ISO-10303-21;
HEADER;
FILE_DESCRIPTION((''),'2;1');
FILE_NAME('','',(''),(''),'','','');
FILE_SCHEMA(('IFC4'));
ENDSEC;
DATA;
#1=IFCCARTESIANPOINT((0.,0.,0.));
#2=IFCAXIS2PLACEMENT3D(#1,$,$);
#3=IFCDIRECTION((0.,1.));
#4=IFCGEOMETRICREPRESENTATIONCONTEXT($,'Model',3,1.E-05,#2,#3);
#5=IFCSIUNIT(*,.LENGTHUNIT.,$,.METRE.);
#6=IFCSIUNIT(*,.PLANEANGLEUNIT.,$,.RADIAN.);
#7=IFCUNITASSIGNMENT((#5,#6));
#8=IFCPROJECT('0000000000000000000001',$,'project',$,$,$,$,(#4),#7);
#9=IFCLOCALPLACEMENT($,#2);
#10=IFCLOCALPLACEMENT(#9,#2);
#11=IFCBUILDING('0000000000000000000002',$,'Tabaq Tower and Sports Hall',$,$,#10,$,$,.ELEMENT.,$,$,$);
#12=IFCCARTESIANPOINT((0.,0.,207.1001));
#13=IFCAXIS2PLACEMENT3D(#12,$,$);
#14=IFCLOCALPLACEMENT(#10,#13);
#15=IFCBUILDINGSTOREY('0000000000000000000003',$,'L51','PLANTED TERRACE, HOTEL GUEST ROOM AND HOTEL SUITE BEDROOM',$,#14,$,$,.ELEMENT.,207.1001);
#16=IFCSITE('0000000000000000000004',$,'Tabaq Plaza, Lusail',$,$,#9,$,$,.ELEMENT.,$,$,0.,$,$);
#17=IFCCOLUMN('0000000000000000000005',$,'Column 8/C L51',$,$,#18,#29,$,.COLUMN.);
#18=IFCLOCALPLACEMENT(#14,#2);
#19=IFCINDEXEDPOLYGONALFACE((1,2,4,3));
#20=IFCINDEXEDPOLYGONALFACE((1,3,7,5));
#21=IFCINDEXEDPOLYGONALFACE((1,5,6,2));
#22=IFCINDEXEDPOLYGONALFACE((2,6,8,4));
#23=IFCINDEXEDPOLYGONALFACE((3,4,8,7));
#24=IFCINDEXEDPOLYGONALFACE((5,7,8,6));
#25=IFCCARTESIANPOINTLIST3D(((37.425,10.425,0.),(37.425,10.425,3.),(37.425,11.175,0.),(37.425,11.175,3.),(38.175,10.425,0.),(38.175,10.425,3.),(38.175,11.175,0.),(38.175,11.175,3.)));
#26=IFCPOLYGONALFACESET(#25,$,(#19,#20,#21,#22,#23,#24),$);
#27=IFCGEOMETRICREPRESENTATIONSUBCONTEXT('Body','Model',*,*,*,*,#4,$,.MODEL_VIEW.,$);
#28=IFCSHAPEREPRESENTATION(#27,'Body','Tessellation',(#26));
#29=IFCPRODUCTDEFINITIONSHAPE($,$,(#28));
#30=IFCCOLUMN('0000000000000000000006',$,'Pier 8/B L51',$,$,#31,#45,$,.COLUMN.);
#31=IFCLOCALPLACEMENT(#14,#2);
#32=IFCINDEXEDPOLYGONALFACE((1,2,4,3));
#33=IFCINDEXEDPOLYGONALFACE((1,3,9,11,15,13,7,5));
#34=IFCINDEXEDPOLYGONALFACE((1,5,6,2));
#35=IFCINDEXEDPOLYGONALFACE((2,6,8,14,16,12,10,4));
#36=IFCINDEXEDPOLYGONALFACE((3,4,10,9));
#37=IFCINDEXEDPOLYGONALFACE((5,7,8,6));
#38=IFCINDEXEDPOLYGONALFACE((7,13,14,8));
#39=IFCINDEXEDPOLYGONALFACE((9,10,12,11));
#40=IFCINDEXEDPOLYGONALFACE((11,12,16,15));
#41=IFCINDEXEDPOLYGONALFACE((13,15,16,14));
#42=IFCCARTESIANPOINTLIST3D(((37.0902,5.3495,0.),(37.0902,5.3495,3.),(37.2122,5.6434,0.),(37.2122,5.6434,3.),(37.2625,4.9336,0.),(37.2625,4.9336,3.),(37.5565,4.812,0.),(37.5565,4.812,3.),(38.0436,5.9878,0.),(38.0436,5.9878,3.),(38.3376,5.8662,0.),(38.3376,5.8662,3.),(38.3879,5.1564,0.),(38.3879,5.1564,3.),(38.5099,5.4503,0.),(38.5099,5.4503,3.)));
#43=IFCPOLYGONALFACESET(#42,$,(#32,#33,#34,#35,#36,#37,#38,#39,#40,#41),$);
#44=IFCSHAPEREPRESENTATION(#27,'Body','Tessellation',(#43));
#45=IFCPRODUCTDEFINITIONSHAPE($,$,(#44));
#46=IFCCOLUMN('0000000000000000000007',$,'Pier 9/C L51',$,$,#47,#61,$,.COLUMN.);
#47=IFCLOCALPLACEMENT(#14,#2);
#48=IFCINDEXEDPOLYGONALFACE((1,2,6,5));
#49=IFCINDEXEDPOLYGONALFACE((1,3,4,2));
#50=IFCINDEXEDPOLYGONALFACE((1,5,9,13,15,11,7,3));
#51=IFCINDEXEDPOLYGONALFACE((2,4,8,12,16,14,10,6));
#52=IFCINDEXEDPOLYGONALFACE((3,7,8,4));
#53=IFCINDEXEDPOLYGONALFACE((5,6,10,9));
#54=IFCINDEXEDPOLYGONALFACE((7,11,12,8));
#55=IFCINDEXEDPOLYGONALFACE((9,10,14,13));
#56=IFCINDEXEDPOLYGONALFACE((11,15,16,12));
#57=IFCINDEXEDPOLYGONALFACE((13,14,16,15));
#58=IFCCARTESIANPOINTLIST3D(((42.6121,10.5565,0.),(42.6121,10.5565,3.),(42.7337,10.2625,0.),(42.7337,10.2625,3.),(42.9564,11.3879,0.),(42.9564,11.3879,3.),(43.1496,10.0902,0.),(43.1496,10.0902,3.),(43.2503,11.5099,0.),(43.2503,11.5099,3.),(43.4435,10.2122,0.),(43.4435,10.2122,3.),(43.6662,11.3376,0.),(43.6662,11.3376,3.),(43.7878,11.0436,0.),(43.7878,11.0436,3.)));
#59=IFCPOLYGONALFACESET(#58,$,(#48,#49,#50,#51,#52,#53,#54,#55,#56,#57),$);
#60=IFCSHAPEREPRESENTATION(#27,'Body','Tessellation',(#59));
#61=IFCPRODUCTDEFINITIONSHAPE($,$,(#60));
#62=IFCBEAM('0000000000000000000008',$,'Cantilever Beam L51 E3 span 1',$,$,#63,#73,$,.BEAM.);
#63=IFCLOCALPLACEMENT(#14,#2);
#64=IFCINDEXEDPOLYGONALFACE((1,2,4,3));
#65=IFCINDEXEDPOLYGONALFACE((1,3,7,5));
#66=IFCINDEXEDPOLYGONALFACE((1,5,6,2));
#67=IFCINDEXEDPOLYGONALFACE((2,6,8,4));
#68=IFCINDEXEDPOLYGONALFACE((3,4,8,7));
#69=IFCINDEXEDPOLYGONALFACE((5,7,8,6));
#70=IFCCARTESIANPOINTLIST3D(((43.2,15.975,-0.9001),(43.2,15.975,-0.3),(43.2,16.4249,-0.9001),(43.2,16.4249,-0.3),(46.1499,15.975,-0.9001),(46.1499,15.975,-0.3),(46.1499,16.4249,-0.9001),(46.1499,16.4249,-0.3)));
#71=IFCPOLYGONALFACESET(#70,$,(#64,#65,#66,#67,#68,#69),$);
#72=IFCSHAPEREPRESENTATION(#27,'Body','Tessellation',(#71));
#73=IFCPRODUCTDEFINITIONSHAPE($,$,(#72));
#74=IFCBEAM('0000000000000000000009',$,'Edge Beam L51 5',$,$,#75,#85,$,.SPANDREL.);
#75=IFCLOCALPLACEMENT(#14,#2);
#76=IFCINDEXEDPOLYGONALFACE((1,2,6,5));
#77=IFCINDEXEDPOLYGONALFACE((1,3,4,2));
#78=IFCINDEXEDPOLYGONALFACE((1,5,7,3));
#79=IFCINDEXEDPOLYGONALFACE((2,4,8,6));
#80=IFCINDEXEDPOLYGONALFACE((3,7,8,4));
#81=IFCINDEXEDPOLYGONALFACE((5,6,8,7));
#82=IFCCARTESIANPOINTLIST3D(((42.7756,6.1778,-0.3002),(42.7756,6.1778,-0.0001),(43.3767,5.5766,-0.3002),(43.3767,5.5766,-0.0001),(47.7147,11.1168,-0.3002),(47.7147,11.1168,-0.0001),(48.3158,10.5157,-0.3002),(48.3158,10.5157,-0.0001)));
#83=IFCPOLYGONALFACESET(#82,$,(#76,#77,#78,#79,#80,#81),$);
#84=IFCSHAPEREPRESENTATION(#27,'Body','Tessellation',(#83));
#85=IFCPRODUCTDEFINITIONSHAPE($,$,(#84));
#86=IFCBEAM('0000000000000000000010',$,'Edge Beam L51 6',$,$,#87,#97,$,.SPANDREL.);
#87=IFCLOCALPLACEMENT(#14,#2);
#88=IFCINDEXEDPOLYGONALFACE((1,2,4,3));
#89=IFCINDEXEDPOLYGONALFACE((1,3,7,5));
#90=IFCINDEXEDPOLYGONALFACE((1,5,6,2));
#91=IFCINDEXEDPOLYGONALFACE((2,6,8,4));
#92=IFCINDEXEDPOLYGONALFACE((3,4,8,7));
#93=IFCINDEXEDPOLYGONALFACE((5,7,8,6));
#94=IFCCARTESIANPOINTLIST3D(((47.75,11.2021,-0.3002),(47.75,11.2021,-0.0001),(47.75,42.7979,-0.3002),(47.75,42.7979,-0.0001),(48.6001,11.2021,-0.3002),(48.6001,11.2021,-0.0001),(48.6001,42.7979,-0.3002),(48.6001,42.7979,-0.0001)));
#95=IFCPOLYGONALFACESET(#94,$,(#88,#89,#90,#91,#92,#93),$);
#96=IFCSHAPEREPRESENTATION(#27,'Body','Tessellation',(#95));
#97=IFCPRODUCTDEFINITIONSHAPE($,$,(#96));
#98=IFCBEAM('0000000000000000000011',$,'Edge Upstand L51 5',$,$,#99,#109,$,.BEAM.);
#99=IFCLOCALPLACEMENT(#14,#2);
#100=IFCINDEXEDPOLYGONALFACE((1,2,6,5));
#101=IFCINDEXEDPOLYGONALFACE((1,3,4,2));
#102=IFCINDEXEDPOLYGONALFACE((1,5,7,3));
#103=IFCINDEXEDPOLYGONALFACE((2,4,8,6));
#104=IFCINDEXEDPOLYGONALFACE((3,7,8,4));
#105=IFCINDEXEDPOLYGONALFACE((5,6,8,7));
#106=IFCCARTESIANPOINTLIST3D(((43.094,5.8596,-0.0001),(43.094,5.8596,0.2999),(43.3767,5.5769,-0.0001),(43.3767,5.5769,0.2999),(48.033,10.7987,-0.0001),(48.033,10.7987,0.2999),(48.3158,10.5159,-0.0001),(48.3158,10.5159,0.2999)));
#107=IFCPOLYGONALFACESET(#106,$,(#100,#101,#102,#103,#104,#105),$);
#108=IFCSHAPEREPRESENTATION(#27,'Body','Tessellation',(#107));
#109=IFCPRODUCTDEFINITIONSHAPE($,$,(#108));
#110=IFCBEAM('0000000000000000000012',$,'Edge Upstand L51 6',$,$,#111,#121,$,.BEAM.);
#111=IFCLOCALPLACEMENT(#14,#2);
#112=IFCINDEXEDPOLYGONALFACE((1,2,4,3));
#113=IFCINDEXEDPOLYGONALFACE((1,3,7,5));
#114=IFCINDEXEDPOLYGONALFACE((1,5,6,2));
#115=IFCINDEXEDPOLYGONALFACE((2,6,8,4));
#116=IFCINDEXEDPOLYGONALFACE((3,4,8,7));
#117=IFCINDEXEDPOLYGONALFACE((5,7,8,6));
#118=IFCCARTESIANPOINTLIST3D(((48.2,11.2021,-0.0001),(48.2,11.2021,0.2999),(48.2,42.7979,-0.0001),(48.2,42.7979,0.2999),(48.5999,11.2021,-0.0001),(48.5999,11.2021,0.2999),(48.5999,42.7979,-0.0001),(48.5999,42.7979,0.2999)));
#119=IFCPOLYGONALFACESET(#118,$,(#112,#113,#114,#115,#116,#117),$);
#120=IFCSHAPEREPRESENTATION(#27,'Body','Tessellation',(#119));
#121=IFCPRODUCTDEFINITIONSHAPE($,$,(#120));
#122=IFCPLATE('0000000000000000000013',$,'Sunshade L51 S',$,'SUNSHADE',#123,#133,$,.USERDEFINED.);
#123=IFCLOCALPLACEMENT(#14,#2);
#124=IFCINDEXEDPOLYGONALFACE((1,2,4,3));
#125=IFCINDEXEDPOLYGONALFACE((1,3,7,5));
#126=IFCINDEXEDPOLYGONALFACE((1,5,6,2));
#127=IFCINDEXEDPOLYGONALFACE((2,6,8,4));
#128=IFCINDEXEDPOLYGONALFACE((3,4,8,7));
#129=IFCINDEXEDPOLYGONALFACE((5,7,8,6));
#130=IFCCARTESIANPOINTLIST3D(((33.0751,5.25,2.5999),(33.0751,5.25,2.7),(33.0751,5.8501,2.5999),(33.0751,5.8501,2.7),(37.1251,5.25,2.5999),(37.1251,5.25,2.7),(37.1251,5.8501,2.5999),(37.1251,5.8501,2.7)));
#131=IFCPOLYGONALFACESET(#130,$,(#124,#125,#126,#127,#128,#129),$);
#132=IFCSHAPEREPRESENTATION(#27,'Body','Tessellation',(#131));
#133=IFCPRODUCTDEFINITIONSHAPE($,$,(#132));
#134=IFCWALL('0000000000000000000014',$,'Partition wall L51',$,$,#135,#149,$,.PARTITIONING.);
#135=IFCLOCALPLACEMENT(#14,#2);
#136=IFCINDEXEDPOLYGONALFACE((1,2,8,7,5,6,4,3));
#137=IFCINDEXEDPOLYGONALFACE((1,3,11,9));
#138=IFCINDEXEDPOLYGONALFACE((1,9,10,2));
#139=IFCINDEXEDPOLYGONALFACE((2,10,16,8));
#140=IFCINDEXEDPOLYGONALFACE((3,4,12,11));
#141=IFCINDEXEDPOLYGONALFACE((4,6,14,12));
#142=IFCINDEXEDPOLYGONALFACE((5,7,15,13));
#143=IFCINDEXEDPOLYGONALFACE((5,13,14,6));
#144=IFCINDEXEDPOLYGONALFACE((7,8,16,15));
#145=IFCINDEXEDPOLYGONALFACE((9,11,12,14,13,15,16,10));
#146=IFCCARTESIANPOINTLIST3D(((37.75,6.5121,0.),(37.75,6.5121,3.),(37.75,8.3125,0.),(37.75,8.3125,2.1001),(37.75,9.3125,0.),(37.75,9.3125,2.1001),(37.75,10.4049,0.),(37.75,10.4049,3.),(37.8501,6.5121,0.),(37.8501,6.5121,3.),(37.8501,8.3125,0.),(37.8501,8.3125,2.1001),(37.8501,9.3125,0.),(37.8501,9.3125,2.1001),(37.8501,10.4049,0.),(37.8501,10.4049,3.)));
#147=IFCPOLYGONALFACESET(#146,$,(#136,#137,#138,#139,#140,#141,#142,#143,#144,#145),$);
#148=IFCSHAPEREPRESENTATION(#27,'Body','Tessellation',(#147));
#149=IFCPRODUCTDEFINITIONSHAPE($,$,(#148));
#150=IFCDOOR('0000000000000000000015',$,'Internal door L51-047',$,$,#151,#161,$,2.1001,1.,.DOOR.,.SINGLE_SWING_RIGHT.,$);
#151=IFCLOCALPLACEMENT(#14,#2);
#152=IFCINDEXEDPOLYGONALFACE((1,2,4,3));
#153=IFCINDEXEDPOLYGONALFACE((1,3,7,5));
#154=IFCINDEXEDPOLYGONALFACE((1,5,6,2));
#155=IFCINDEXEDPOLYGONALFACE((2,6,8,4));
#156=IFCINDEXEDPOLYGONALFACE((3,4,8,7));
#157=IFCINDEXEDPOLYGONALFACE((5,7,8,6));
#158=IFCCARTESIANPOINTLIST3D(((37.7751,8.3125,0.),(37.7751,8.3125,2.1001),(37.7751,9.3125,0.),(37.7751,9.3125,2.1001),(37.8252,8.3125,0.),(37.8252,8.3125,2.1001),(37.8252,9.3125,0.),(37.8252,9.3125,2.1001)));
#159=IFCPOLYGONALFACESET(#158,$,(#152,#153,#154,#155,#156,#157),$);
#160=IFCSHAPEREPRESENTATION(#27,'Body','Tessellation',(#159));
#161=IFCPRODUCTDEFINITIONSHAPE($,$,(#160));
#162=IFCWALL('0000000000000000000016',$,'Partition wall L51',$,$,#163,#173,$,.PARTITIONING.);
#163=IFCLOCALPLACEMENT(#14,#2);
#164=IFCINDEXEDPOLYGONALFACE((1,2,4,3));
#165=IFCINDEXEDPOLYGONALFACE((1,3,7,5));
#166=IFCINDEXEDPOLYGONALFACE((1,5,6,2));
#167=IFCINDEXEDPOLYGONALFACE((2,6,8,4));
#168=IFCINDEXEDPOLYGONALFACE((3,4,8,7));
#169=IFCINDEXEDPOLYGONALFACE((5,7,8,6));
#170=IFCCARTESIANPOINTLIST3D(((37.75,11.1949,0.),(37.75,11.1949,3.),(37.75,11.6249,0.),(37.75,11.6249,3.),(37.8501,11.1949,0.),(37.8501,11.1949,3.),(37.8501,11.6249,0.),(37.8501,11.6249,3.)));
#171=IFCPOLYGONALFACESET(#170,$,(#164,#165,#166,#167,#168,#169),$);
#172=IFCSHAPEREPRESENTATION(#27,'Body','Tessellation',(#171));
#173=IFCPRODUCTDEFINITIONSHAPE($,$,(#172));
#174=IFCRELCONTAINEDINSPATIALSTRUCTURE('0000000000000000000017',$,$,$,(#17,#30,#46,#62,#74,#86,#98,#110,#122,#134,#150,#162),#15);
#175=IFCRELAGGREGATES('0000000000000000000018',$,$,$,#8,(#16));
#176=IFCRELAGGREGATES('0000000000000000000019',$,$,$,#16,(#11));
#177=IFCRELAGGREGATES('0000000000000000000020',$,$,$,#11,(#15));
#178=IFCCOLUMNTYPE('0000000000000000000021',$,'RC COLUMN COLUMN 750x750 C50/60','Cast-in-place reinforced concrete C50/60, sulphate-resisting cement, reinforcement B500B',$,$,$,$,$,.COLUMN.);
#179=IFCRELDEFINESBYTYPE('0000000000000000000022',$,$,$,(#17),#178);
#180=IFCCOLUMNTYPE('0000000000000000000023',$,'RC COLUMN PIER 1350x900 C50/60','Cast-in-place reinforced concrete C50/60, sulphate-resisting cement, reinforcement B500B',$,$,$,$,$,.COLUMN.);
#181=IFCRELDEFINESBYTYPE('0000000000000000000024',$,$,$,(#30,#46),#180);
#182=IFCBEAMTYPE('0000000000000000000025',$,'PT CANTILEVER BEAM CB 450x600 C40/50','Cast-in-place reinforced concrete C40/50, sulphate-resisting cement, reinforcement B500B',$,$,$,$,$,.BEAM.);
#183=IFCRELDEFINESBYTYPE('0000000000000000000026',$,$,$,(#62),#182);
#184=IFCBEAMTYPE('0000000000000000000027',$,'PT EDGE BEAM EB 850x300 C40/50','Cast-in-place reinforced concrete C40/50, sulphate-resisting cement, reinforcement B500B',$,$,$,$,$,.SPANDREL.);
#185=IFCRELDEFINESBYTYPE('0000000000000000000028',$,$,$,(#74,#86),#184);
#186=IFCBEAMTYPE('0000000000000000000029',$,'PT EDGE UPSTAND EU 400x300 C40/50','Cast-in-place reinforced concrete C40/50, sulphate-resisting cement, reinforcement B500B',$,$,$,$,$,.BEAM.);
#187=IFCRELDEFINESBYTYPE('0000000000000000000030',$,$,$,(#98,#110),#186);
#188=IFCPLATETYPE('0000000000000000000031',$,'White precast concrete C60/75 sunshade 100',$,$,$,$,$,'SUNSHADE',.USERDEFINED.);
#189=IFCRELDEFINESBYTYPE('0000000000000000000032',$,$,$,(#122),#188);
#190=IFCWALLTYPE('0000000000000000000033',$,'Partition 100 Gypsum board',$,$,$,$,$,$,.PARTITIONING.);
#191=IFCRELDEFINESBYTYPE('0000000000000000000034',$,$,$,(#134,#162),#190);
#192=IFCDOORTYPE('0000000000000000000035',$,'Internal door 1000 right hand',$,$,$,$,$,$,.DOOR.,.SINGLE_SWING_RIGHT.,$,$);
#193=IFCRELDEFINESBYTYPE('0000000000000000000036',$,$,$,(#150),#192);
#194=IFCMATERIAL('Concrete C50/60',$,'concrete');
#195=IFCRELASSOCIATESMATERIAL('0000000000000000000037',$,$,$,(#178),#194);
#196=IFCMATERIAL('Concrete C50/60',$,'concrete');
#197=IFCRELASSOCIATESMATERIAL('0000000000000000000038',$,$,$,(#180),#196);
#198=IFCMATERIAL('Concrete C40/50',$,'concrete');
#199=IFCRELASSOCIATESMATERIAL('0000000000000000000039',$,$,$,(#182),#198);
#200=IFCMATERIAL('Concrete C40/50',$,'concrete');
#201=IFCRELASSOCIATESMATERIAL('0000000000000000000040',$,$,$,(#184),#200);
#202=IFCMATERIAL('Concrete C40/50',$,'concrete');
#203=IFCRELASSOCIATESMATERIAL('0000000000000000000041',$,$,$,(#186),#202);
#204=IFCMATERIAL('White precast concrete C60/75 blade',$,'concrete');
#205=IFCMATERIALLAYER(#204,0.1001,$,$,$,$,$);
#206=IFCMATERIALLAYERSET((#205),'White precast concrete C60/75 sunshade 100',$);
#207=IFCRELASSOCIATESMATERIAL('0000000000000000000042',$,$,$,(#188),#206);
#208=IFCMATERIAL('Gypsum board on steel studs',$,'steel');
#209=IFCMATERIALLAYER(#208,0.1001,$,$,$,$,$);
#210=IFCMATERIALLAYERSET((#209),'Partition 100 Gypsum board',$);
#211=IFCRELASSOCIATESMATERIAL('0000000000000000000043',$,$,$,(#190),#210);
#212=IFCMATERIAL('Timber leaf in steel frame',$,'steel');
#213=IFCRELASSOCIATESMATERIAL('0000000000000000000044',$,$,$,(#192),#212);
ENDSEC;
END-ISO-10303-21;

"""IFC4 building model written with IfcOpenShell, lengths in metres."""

from ifc_helpers import new_model, si_unit, direction, frame, frame_2d, origin, origin_2d, place, context, subcontext, project, spatial, polyline, rectangle, outline, extrude, material, layer, layer_set, material_profile, profile_set, type_object, element, fill, save


model = new_model("IFC4")

# Units and contexts
model_context = context("Model", 3, precision=1e-05, world=origin(), true_north=direction((0.0, 1.0)))
body_context = subcontext(model_context, "Body", "Model", "MODEL_VIEW")
ifc_project = project(units=[si_unit("LENGTHUNIT", "METRE"), si_unit("PLANEANGLEUNIT", "RADIAN")], contexts=[model_context])

# Site, building, storey
site_placement = place(None, origin())
site = spatial("IfcSite", under=ifc_project, at=site_placement, Name="Tabaq Plaza, Lusail", CompositionType="ELEMENT", RefElevation=0.0)
building_placement = place(site_placement, origin())
building = spatial("IfcBuilding", under=site, at=building_placement, Name="Tabaq Tower and Sports Hall", CompositionType="ELEMENT")
storey_placement = place(building_placement, frame((0.0, 0.0, 207.1001)))
storey = spatial("IfcBuildingStorey", under=building, at=storey_placement, Name="L51", Description="PLANTED TERRACE, HOTEL GUEST ROOM AND HOTEL SUITE BEDROOM", CompositionType="ELEMENT", Elevation=207.1001)

# Columns
ifc_material_1 = material(Name="Concrete C50/60", Category="concrete")
ifc_material_profile_1 = material_profile(ifc_material_1, rectangle(XDim=0.75, YDim=0.75, at=origin_2d()), Name="COLUMN 750x750")
ifc_profile_set_1 = profile_set([ifc_material_profile_1], Name="Concrete C50/60")
column_type_1 = type_object("IfcColumnType", Name="RC COLUMN COLUMN 750x750 C50/60", Description="Cast-in-place reinforced concrete C50/60, sulphate-resisting cement, reinforcement B500B", PredefinedType="COLUMN", material=ifc_profile_set_1)
column_placement = place(storey_placement, frame((37.8, 10.8, 0.0), z_axis=(0.0, 0.0, 1.0), x_axis=(1.0, 0.0, 0.0)))
element("IfcColumn", 1, at=column_placement, inside=storey, type_object=column_type_1, Name="Column 8/C L51", PredefinedType="COLUMN", context=body_context, shape_type="SweptSolid", body=[
    extrude(rectangle(XDim=0.75, YDim=0.75, at=origin_2d()), origin(), (0.0, 0.0, 1.0), 3.0),
])
ifc_material_2 = material(Name="Concrete C50/60", Category="concrete")
ifc_material_profile_2 = material_profile(ifc_material_2, outline(polyline([(-0.45, -0.45), (0.45, -0.45), (0.675, -0.2251), (0.675, 0.2251), (0.45, 0.45), (-0.45, 0.45), (-0.675, 0.2251), (-0.675, -0.2251), (-0.45, -0.45)])), Name="PIER 1350x900")
ifc_profile_set_2 = profile_set([ifc_material_profile_2], Name="Concrete C50/60")
column_type_2 = type_object("IfcColumnType", Name="RC COLUMN PIER 1350x900 C50/60", Description="Cast-in-place reinforced concrete C50/60, sulphate-resisting cement, reinforcement B500B", PredefinedType="COLUMN", material=ifc_profile_set_2)
for number, where, z_axis, x_axis, name in (
    (2, (37.8, 5.3999, 0.0), (0.0, 0.0, 1.0), (0.92388, 0.382683, 0.0), "Pier 8/B L51"),
    (3, (43.2, 10.8, 0.0), (0.0, 0.0, 1.0), (0.382683, 0.92388, 0.0), "Pier 9/C L51"),
):
    element("IfcColumn", number, at=place(storey_placement, frame(where, z_axis=z_axis, x_axis=x_axis)), inside=storey, type_object=column_type_2, Name=name, PredefinedType="COLUMN", context=body_context, shape_type="SweptSolid", body=[
        extrude(outline(polyline([(-0.45, -0.45), (0.45, -0.45), (0.675, -0.2251), (0.675, 0.2251), (0.45, 0.45), (-0.45, 0.45), (-0.675, 0.2251), (-0.675, -0.2251), (-0.45, -0.45)])), origin(), (0.0, 0.0, 1.0), 3.0),
    ])

# Beams
ifc_material_3 = material(Name="Concrete C40/50", Category="concrete")
ifc_material_profile_3 = material_profile(ifc_material_3, rectangle(XDim=0.45, YDim=0.6001, at=origin_2d()), Name="CB 450x600")
ifc_profile_set_3 = profile_set([ifc_material_profile_3], Name="Concrete C40/50")
beam_type_1 = type_object("IfcBeamType", Name="PT CANTILEVER BEAM CB 450x600 C40/50", Description="Cast-in-place reinforced concrete C40/50, sulphate-resisting cement, reinforcement B500B", PredefinedType="BEAM", material=ifc_profile_set_3)
beam_1_placement = place(storey_placement, frame((46.1499, 16.2, -0.6001), z_axis=(-1.0, 0.0, 0.0), x_axis=(0.0, -1.0, 0.0)))
element("IfcBeam", 4, at=beam_1_placement, inside=storey, type_object=beam_type_1, Name="Cantilever Beam L51 E3 span 1", PredefinedType="BEAM", context=body_context, shape_type="SweptSolid", body=[
    extrude(rectangle(XDim=0.45, YDim=0.6001, at=origin_2d()), origin(), (0.0, 0.0, 1.0), 2.95),
])
ifc_material_4 = material(Name="Concrete C40/50", Category="concrete")
ifc_material_profile_4 = material_profile(ifc_material_4, rectangle(XDim=0.8501, YDim=0.3, at=origin_2d()), Name="EB 850x300")
ifc_profile_set_4 = profile_set([ifc_material_profile_4], Name="Concrete C40/50")
beam_type_2 = type_object("IfcBeamType", Name="PT EDGE BEAM EB 850x300 C40/50", Description="Cast-in-place reinforced concrete C40/50, sulphate-resisting cement, reinforcement B500B", PredefinedType="SPANDREL", material=ifc_profile_set_4)
beam_2_placement = place(storey_placement, frame((43.0762, 5.8772, -0.1501), z_axis=(0.707107, 0.707107, 0.0), x_axis=(-0.707107, 0.707107, 0.0)))
element("IfcBeam", 5, at=beam_2_placement, inside=storey, type_object=beam_type_2, Name="Edge Beam L51 5", PredefinedType="SPANDREL", context=body_context, shape_type="SweptSolid", body=[
    extrude(rectangle(XDim=0.8501, YDim=0.3, at=origin_2d()), origin(), (0.0, 0.0, 1.0), 6.9849),
])
beam_3_placement = place(storey_placement, frame((48.175, 11.2021, -0.1501), z_axis=(0.0, 1.0, 0.0), x_axis=(-1.0, 0.0, 0.0)))
element("IfcBeam", 6, at=beam_3_placement, inside=storey, type_object=beam_type_2, Name="Edge Beam L51 6", PredefinedType="SPANDREL", context=body_context, shape_type="SweptSolid", body=[
    extrude(rectangle(XDim=0.8501, YDim=0.3, at=origin_2d()), origin(), (0.0, 0.0, 1.0), 31.5957),
])
ifc_material_5 = material(Name="Concrete C40/50", Category="concrete")
ifc_material_profile_5 = material_profile(ifc_material_5, rectangle(XDim=0.3999, YDim=0.3, at=origin_2d()), Name="EU 400x300")
ifc_profile_set_5 = profile_set([ifc_material_profile_5], Name="Concrete C40/50")
beam_type_3 = type_object("IfcBeamType", Name="PT EDGE UPSTAND EU 400x300 C40/50", Description="Cast-in-place reinforced concrete C40/50, sulphate-resisting cement, reinforcement B500B", PredefinedType="BEAM", material=ifc_profile_set_5)
beam_4_placement = place(storey_placement, frame((43.2354, 5.7183, 0.1499), z_axis=(0.707107, 0.707107, 0.0), x_axis=(-0.707107, 0.707107, 0.0)))
element("IfcBeam", 7, at=beam_4_placement, inside=storey, type_object=beam_type_3, Name="Edge Upstand L51 5", PredefinedType="BEAM", context=body_context, shape_type="SweptSolid", body=[
    extrude(rectangle(XDim=0.3999, YDim=0.3, at=origin_2d()), origin(), (0.0, 0.0, 1.0), 6.9849),
])
beam_5_placement = place(storey_placement, frame((48.3999, 11.2021, 0.1499), z_axis=(0.0, 1.0, 0.0), x_axis=(-1.0, 0.0, 0.0)))
element("IfcBeam", 8, at=beam_5_placement, inside=storey, type_object=beam_type_3, Name="Edge Upstand L51 6", PredefinedType="BEAM", context=body_context, shape_type="SweptSolid", body=[
    extrude(rectangle(XDim=0.3999, YDim=0.3, at=origin_2d()), origin(), (0.0, 0.0, 1.0), 31.5957),
])

# Plate
ifc_material_6 = material(Name="White precast concrete C60/75 blade", Category="concrete")
ifc_layer_1 = layer(ifc_material_6, 0.1001)
ifc_layer_set_1 = layer_set([ifc_layer_1], Name="White precast concrete C60/75 sunshade 100")
plate_type_1 = type_object("IfcPlateType", Name="White precast concrete C60/75 sunshade 100", ElementType="SUNSHADE", PredefinedType="USERDEFINED", material=ifc_layer_set_1)
plate_1_placement = place(storey_placement, frame((35.1001, 5.55, 2.5999), z_axis=(0.0, 0.0, 1.0), x_axis=(1.0, 0.0, 0.0)))
element("IfcPlate", 9, at=plate_1_placement, inside=storey, type_object=plate_type_1, Name="Sunshade L51 S", ObjectType="SUNSHADE", PredefinedType="USERDEFINED", context=body_context, shape_type="SweptSolid", body=[
    extrude(rectangle(XDim=4.05, YDim=0.6001, at=origin_2d()), origin(), (0.0, 0.0, 1.0), 0.1001),
])

# Wall, opening, door
ifc_material_7 = material(Name="Gypsum board on steel studs", Category="steel")
ifc_layer_2 = layer(ifc_material_7, 0.1001)
ifc_layer_set_2 = layer_set([ifc_layer_2], Name="Partition 100 Gypsum board")
wall_type_1 = type_object("IfcWallType", Name="Partition 100 Gypsum board", PredefinedType="PARTITIONING", material=ifc_layer_set_2)
wall_1_placement = place(storey_placement, frame((37.8, 6.5122, 0.0), z_axis=(0.0, 0.0, 1.0), x_axis=(0.0, 1.0, 0.0)))
wall_1 = element("IfcWall", 10, at=wall_1_placement, inside=storey, type_object=wall_type_1, Name="Partition wall L51", PredefinedType="PARTITIONING", context=body_context, shape_type="SweptSolid", body=[
    extrude(rectangle(XDim=3.8928, YDim=0.1001, at=frame_2d((1.9463, 0.0))), origin(), (0.0, 0.0, 1.0), 3.0),
])
opening_1_placement = place(wall_1_placement, frame((1.8003, 0.0, 0.0)))
opening_1 = element("IfcOpeningElement", 11, at=opening_1_placement, cuts=wall_1, PredefinedType="OPENING", context=body_context, shape_type="SweptSolid", body=[
    extrude(rectangle(XDim=1.0, YDim=2.1001, at=frame_2d((0.5, 1.05))), frame((0.0, 0.05, 0.0), z_axis=(0.0, -1.0, 0.0), x_axis=(1.0, 0.0, 0.0)), (0.0, 0.0, 1.0), 0.1001),
])
ifc_material_8 = material(Name="Timber leaf in steel frame", Category="steel")
door_type_1 = type_object("IfcDoorType", Name="Internal door 1000 right hand", OperationType="SINGLE_SWING_RIGHT", PredefinedType="DOOR", material=ifc_material_8)
door_1_placement = place(opening_1_placement, origin())
door_1 = element("IfcDoor", 12, at=door_1_placement, inside=storey, type_object=door_type_1, Name="Internal door L51-047", OperationType="SINGLE_SWING_RIGHT", OverallHeight=2.1001, OverallWidth=1.0, PredefinedType="DOOR", context=body_context, shape_type="SweptSolid", body=[
    extrude(rectangle(XDim=1.0, YDim=2.1001, at=frame_2d((0.5, 1.05))), frame((0.0, 0.0249, 0.0), z_axis=(0.0, -1.0, 0.0), x_axis=(1.0, 0.0, 0.0)), (0.0, 0.0, 1.0), 0.05),
])
fill(opening_1, door_1)

# Wall
wall_2_placement = place(storey_placement, frame((37.8, 11.1951, 0.0), z_axis=(0.0, 0.0, 1.0), x_axis=(0.0, 1.0, 0.0)))
element("IfcWall", 13, at=wall_2_placement, inside=storey, type_object=wall_type_1, Name="Partition wall L51", PredefinedType="PARTITIONING", context=body_context, shape_type="SweptSolid", body=[
    extrude(rectangle(XDim=0.4299, YDim=0.1001, at=frame_2d((0.2148, 0.0))), origin(), (0.0, 0.0, 1.0), 3.0),
])

save(model, "model.ifc")
